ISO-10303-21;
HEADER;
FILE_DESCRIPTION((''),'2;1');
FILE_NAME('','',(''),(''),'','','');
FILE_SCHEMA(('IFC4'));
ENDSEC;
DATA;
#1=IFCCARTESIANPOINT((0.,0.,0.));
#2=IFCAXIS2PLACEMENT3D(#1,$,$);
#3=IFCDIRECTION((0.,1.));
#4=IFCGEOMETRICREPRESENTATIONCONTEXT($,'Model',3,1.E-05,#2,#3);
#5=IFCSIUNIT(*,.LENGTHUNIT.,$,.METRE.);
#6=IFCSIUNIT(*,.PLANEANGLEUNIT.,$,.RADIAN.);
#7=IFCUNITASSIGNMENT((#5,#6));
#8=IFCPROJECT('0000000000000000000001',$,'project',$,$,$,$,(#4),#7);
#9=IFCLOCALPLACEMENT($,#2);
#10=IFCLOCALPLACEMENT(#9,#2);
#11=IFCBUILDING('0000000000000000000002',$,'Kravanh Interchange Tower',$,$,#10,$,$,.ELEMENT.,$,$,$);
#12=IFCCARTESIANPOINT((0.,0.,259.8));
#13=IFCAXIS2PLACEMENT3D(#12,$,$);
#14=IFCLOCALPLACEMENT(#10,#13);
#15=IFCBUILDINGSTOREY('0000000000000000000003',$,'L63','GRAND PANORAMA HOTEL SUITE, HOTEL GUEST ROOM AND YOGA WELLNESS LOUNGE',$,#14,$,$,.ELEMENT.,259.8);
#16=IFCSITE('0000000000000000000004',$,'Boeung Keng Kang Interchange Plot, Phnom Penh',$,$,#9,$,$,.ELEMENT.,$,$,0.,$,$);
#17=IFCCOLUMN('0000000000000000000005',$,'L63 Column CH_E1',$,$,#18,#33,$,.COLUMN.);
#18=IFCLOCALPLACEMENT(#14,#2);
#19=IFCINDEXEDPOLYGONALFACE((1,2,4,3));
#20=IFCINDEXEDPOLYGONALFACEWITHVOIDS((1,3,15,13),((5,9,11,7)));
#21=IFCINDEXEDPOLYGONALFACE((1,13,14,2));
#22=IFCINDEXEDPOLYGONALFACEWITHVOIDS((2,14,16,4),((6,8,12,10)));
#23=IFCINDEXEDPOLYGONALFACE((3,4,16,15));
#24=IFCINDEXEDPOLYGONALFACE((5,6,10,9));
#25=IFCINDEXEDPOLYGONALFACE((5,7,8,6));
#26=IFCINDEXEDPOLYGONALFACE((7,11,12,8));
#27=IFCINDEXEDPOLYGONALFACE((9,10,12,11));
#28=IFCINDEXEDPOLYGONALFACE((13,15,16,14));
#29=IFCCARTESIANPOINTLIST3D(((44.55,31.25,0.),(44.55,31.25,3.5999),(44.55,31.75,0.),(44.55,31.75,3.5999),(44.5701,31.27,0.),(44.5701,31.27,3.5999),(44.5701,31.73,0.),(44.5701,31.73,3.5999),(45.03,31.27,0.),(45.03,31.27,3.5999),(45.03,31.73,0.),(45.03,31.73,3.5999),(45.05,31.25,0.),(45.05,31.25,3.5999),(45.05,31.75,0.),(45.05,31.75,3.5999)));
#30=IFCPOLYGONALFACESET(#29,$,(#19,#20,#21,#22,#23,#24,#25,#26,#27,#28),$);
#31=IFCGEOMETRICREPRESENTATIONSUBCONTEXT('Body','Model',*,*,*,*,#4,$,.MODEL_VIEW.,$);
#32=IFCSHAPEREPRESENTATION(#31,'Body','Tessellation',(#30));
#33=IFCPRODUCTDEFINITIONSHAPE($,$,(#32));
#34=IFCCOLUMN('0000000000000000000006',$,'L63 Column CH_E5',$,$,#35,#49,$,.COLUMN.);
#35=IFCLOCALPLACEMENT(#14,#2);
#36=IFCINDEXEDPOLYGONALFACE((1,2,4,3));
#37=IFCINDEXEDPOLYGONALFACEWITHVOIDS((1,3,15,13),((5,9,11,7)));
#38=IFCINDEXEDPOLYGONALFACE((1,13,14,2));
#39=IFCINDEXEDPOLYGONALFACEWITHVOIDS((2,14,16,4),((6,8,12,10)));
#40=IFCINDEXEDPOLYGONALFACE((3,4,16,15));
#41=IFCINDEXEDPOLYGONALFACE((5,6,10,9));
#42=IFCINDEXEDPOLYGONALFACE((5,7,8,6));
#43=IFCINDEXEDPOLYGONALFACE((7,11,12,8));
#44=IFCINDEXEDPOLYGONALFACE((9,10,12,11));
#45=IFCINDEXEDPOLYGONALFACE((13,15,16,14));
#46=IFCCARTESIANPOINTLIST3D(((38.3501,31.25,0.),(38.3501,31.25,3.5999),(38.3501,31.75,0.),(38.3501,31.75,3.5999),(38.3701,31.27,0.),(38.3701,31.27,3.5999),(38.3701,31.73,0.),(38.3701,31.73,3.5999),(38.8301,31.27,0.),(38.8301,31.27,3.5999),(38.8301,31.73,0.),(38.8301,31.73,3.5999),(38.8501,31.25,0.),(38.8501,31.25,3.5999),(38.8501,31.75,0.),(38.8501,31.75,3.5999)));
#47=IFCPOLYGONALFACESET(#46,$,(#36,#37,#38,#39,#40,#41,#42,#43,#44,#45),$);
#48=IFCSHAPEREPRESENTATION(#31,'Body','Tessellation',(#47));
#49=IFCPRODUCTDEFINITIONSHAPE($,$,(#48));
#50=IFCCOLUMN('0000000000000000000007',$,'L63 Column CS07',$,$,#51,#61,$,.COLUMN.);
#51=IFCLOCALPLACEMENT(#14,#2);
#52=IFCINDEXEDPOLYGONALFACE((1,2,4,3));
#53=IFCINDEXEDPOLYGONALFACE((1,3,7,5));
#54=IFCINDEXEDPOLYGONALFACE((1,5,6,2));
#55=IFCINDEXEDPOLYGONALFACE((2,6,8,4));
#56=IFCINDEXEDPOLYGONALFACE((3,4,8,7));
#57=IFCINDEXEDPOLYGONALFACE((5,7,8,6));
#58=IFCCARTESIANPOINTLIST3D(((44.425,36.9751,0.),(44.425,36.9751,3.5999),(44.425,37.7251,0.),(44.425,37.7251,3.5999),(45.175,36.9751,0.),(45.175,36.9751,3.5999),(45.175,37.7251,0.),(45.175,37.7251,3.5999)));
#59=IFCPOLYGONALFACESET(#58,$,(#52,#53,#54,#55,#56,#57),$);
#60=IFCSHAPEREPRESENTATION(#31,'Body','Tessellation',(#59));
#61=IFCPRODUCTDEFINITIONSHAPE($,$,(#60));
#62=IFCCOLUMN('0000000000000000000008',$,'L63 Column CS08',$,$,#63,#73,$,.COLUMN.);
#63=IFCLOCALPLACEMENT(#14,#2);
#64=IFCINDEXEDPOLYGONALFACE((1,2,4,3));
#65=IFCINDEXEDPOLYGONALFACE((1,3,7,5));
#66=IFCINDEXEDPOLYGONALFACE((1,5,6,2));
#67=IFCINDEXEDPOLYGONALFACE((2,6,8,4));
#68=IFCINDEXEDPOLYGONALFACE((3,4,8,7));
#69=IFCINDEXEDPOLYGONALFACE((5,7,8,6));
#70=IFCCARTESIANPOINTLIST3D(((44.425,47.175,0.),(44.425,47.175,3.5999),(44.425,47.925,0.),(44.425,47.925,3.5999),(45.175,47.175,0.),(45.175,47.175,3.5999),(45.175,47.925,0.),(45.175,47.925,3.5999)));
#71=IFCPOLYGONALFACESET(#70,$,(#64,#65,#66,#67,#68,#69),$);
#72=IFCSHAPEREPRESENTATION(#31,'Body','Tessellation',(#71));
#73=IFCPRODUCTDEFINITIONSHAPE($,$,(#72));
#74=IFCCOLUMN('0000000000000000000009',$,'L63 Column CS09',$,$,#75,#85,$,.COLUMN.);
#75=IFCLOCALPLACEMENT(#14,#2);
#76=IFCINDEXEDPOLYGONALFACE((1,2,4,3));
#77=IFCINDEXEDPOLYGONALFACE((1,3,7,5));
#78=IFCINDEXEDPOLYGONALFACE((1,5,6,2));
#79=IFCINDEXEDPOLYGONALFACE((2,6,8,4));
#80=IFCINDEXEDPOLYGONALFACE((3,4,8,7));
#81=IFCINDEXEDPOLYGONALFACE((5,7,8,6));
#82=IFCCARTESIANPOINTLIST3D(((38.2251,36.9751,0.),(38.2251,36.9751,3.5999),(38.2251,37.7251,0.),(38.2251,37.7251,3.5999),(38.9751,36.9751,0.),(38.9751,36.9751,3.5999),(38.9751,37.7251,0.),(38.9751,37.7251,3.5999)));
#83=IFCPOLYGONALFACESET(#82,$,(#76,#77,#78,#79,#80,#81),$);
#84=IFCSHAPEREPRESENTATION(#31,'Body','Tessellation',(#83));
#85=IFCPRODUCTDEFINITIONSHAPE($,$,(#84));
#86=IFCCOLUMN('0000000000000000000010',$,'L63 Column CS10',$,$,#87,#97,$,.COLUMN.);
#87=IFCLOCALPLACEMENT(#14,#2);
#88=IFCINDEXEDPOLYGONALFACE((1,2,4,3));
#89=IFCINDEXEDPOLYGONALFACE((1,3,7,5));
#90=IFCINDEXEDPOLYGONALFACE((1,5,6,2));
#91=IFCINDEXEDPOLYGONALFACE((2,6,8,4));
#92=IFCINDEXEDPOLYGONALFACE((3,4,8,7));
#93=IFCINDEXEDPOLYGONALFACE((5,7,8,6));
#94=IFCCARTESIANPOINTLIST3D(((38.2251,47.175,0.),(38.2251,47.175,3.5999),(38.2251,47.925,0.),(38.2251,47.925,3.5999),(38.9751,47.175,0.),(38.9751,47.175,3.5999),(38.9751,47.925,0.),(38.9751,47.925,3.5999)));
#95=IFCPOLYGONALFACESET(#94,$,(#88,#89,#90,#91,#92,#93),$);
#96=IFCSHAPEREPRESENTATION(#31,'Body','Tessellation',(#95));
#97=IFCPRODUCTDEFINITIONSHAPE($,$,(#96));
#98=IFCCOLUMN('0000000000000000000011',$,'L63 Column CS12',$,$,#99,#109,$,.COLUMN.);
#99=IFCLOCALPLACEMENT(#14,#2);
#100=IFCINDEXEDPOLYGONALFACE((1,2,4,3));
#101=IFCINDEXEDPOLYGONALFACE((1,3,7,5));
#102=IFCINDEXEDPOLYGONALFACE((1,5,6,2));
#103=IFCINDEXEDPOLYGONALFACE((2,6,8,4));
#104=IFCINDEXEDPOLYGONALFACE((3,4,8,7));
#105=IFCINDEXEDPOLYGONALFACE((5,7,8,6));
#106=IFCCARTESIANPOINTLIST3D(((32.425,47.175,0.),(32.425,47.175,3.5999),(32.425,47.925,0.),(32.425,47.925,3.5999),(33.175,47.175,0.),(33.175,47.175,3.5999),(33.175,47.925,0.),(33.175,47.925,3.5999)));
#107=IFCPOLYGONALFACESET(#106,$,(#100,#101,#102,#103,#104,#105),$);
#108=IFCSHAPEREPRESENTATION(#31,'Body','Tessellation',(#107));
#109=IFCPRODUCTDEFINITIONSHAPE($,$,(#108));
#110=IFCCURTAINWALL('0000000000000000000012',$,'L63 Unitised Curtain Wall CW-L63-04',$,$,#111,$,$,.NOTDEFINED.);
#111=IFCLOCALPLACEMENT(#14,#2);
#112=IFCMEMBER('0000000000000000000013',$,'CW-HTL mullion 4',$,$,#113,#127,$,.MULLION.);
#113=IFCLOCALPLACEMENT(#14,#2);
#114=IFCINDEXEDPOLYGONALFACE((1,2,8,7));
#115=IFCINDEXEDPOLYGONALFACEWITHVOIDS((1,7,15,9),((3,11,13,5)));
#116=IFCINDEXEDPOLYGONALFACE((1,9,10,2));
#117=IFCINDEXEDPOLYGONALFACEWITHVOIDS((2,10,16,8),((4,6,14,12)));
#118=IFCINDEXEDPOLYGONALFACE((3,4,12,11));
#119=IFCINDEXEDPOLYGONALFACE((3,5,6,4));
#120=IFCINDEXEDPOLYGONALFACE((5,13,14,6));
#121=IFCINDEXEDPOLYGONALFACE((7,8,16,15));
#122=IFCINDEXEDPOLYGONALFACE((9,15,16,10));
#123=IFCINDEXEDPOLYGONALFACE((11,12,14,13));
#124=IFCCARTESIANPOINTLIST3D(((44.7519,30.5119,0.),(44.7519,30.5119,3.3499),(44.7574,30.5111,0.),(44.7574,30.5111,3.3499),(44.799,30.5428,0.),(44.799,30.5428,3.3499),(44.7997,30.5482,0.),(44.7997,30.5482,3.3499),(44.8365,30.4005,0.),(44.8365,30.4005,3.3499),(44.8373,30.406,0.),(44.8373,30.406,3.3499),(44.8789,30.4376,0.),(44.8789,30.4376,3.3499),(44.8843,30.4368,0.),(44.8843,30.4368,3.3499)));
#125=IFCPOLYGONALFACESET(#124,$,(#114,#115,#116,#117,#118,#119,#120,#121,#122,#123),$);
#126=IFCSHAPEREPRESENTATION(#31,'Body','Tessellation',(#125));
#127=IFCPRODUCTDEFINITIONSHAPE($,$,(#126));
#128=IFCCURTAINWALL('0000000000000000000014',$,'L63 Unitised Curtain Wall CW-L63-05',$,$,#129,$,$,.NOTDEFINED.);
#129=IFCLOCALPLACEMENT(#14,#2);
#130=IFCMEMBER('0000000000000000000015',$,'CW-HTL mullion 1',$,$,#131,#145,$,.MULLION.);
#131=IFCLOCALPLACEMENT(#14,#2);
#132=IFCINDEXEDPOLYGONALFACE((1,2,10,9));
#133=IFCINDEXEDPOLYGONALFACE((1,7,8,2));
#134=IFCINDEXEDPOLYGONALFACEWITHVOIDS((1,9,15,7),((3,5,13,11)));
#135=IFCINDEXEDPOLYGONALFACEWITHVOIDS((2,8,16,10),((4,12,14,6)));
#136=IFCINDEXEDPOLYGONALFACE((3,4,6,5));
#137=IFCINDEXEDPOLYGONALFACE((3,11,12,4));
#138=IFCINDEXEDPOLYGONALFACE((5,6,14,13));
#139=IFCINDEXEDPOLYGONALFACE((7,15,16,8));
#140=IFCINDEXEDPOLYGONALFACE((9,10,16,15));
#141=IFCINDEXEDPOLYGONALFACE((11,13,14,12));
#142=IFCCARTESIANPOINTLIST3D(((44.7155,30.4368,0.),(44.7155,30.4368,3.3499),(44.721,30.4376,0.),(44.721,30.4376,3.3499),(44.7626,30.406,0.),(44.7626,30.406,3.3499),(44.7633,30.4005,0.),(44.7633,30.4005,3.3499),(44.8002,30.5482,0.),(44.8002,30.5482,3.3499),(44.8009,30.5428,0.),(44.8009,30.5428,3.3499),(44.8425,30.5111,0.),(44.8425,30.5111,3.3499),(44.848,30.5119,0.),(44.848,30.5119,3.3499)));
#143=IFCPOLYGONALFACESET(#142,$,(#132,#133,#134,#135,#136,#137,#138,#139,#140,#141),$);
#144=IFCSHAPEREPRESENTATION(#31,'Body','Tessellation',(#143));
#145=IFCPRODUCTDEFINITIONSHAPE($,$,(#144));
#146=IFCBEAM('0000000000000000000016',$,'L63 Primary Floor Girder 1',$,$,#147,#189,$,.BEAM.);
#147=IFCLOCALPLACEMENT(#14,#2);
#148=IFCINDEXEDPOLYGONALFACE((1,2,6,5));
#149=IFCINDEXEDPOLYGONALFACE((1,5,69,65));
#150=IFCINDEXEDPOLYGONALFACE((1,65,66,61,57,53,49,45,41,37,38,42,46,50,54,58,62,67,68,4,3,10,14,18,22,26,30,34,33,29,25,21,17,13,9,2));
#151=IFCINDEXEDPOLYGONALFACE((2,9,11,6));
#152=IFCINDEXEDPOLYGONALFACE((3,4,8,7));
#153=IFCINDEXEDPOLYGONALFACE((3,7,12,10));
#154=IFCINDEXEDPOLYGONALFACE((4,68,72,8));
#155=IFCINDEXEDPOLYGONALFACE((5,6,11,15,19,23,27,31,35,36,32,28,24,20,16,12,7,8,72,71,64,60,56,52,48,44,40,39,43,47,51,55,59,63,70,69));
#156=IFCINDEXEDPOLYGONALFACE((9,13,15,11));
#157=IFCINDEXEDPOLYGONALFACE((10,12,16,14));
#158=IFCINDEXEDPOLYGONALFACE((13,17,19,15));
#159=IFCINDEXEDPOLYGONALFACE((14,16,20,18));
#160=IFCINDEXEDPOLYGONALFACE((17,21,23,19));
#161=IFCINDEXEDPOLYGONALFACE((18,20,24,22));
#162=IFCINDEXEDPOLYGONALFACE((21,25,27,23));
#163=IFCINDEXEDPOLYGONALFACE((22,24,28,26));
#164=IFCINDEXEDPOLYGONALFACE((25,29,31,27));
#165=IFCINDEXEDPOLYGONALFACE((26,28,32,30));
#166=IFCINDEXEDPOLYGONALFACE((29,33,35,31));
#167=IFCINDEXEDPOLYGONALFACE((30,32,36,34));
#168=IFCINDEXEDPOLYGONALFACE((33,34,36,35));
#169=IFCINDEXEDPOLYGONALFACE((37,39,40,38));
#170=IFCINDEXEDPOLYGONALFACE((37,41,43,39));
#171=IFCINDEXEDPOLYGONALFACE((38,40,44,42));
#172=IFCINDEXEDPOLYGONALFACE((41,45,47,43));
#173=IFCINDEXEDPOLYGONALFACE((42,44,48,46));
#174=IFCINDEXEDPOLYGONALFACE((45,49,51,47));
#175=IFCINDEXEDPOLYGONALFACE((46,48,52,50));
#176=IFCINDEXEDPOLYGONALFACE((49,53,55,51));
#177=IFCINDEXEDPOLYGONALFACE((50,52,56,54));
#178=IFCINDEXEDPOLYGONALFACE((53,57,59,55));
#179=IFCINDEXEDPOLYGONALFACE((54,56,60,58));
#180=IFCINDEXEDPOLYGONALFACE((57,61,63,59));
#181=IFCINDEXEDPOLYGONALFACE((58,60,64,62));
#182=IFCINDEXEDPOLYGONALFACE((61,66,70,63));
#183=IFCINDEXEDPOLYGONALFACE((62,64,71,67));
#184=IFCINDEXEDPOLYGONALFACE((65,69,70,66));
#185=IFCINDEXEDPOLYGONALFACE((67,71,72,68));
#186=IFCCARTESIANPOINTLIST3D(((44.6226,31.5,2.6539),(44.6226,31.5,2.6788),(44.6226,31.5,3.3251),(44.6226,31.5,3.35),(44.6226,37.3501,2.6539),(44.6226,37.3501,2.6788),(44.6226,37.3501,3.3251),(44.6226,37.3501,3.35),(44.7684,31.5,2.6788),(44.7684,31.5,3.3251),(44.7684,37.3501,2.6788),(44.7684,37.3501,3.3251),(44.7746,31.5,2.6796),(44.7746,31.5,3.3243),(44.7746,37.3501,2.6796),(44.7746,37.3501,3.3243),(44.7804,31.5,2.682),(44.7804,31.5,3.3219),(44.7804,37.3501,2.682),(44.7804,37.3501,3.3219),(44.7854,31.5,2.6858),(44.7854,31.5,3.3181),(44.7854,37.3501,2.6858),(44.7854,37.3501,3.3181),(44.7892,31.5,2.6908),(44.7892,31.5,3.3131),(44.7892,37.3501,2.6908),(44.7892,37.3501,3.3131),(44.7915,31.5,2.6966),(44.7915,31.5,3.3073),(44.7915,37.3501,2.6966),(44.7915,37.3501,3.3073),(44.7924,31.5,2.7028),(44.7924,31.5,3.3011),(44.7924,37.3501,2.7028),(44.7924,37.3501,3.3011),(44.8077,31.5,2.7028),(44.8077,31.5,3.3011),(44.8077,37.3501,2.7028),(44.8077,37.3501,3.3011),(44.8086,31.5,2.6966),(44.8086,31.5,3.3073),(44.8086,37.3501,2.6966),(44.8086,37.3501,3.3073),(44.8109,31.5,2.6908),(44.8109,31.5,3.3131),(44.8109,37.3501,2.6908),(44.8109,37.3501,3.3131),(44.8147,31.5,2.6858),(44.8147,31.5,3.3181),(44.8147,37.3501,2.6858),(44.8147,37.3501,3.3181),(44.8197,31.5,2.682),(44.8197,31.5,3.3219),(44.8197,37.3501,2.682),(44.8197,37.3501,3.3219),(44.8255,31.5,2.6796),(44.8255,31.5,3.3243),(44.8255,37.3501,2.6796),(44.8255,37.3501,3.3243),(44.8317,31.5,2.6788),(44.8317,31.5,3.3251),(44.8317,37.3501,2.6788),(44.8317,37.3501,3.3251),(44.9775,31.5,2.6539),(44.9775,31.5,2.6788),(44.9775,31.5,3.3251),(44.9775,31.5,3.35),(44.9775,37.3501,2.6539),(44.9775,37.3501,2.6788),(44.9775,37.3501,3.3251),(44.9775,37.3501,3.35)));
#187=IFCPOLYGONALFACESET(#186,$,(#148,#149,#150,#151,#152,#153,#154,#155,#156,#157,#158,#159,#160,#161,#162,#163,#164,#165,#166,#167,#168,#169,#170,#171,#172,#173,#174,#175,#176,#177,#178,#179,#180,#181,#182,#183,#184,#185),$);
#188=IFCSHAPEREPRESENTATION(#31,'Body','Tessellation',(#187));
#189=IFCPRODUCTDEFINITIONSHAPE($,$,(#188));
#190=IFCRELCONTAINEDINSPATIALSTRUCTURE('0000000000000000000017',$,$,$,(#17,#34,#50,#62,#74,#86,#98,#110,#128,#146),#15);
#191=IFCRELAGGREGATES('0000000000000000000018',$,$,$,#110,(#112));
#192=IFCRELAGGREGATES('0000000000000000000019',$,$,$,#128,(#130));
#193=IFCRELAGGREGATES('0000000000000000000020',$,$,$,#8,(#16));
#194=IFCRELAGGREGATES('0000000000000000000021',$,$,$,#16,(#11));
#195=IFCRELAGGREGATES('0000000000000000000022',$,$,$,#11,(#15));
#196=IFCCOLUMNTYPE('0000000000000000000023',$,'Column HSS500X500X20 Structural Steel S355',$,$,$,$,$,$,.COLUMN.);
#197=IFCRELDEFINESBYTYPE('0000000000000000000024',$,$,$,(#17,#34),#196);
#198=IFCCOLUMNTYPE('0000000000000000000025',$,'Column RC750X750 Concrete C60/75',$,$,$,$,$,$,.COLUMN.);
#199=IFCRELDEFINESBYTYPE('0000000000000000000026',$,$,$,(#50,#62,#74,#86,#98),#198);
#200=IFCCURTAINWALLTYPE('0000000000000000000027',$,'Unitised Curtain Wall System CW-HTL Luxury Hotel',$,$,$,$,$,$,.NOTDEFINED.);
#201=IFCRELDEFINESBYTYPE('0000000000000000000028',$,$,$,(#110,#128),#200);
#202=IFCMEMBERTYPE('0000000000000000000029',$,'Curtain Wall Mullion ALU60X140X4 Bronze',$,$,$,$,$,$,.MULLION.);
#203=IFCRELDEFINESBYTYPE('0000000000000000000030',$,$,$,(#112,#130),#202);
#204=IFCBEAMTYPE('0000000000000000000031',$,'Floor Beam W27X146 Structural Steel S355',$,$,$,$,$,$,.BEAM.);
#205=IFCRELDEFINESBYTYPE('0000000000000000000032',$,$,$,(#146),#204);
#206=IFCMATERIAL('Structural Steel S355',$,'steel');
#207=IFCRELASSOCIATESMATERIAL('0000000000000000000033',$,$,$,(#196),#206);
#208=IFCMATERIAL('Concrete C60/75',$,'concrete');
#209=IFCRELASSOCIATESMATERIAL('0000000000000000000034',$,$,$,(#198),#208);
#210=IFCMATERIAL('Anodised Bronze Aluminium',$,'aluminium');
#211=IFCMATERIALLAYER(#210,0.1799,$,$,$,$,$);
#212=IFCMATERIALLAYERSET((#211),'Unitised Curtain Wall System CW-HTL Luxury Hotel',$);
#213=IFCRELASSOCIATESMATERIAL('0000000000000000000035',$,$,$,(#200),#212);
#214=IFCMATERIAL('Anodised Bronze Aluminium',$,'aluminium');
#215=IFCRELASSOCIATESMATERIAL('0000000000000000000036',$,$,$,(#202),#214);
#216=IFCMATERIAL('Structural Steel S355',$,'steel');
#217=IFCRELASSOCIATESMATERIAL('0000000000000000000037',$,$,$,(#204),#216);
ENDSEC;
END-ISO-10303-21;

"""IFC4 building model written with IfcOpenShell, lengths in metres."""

from ifc_helpers import new_model, si_unit, direction, frame, origin, origin_2d, place, context, subcontext, project, spatial, rectangle, hollow_rectangle, i_section, extrude, material, layer, layer_set, material_profile, profile_set, type_object, element, aggregate, save


model = new_model("IFC4")

# Units and contexts
model_context = context("Model", 3, precision=1e-05, world=origin(), true_north=direction((0.0, 1.0)))
body_context = subcontext(model_context, "Body", "Model", "MODEL_VIEW")
ifc_project = project(units=[si_unit("LENGTHUNIT", "METRE"), si_unit("PLANEANGLEUNIT", "RADIAN")], contexts=[model_context])

# Site, building, storey
site_placement = place(None, origin())
site = spatial("IfcSite", under=ifc_project, at=site_placement, Name="Boeung Keng Kang Interchange Plot, Phnom Penh", CompositionType="ELEMENT", RefElevation=0.0)
building_placement = place(site_placement, origin())
building = spatial("IfcBuilding", under=site, at=building_placement, Name="Kravanh Interchange Tower", CompositionType="ELEMENT")
storey_placement = place(building_placement, frame((0.0, 0.0, 259.8)))
storey = spatial("IfcBuildingStorey", under=building, at=storey_placement, Name="L63", Description="GRAND PANORAMA HOTEL SUITE, HOTEL GUEST ROOM AND YOGA WELLNESS LOUNGE", CompositionType="ELEMENT", Elevation=259.8)

# Columns
ifc_material_1 = material(Name="Structural Steel S355", Category="steel")
ifc_material_profile_1 = material_profile(ifc_material_1, hollow_rectangle(XDim=0.5, YDim=0.5, WallThickness=0.02, at=origin_2d()), Name="HSS500X500X20")
ifc_profile_set_1 = profile_set([ifc_material_profile_1], Name="Structural Steel S355")
column_type_1 = type_object("IfcColumnType", Name="Column HSS500X500X20 Structural Steel S355", PredefinedType="COLUMN", material=ifc_profile_set_1)
for number, where, z_axis, x_axis, name in (
    (1, (44.8, 31.5, 0.0), (0.0, 0.0, 1.0), (1.0, 0.0, 0.0), "L63 Column CH_E1"),
    (2, (38.6001, 31.5, 0.0), (0.0, 0.0, 1.0), (1.0, 0.0, 0.0), "L63 Column CH_E5"),
):
    element("IfcColumn", number, at=place(storey_placement, frame(where, z_axis=z_axis, x_axis=x_axis)), inside=storey, type_object=column_type_1, Name=name, PredefinedType="COLUMN", context=body_context, shape_type="SweptSolid", body=[
        extrude(hollow_rectangle(XDim=0.5, YDim=0.5, WallThickness=0.02, at=origin_2d()), origin(), (0.0, 0.0, 1.0), 3.5999),
    ])
ifc_material_2 = material(Name="Concrete C60/75", Category="concrete")
ifc_material_profile_2 = material_profile(ifc_material_2, rectangle(XDim=0.75, YDim=0.75, at=origin_2d()), Name="RC750X750")
ifc_profile_set_2 = profile_set([ifc_material_profile_2], Name="Concrete C60/75")
column_type_2 = type_object("IfcColumnType", Name="Column RC750X750 Concrete C60/75", PredefinedType="COLUMN", material=ifc_profile_set_2)
for number, where, z_axis, x_axis, name in (
    (3, (44.8, 37.3501, 0.0), (0.0, 0.0, 1.0), (1.0, 0.0, 0.0), "L63 Column CS07"),
    (4, (44.8, 47.55, 0.0), (0.0, 0.0, 1.0), (1.0, 0.0, 0.0), "L63 Column CS08"),
    (5, (38.6001, 37.3501, 0.0), (0.0, 0.0, 1.0), (1.0, 0.0, 0.0), "L63 Column CS09"),
    (6, (38.6001, 47.55, 0.0), (0.0, 0.0, 1.0), (1.0, 0.0, 0.0), "L63 Column CS10"),
    (7, (32.8, 47.55, 0.0), (0.0, 0.0, 1.0), (1.0, 0.0, 0.0), "L63 Column CS12"),
):
    element("IfcColumn", number, at=place(storey_placement, frame(where, z_axis=z_axis, x_axis=x_axis)), inside=storey, type_object=column_type_2, Name=name, PredefinedType="COLUMN", context=body_context, shape_type="SweptSolid", body=[
        extrude(rectangle(XDim=0.75, YDim=0.75, at=origin_2d()), origin(), (0.0, 0.0, 1.0), 3.5999),
    ])

# Curtain walls, members
ifc_material_3 = material(Name="Anodised Bronze Aluminium", Category="aluminium")
ifc_layer_1 = layer(ifc_material_3, 0.1799)
ifc_layer_set_1 = layer_set([ifc_layer_1], Name="Unitised Curtain Wall System CW-HTL Luxury Hotel")
curtain_wall_type = type_object("IfcCurtainWallType", Name="Unitised Curtain Wall System CW-HTL Luxury Hotel", PredefinedType="NOTDEFINED", material=ifc_layer_set_1)
curtain_wall_1_placement = place(storey_placement, origin())
curtain_wall_1 = element("IfcCurtainWall", 8, at=curtain_wall_1_placement, inside=storey, type_object=curtain_wall_type, Name="L63 Unitised Curtain Wall CW-L63-04", PredefinedType="NOTDEFINED")
ifc_material_4 = material(Name="Anodised Bronze Aluminium", Category="aluminium")
ifc_material_profile_3 = material_profile(ifc_material_4, hollow_rectangle(XDim=0.0601, YDim=0.1399, WallThickness=0.0039, at=origin_2d()), Name="ALU60X140X4")
ifc_profile_set_3 = profile_set([ifc_material_profile_3], Name="Anodised Bronze Aluminium")
member_type = type_object("IfcMemberType", Name="Curtain Wall Mullion ALU60X140X4 Bronze", PredefinedType="MULLION", material=ifc_profile_set_3)
member_1_placement = place(storey_placement, frame((44.8181, 30.4744, 0.0), z_axis=(0.0, 0.0, 1.0), x_axis=(-0.796162, -0.605083, 0.0)))
member_1 = element("IfcMember", 9, at=member_1_placement, type_object=member_type, Name="CW-HTL mullion 4", PredefinedType="MULLION", context=body_context, shape_type="SweptSolid", body=[
    extrude(hollow_rectangle(XDim=0.0601, YDim=0.1399, WallThickness=0.0039, at=origin_2d()), origin(), (0.0, 0.0, 1.0), 3.3499),
])
aggregate(curtain_wall_1, [member_1])
curtain_wall_2_placement = place(storey_placement, origin())
curtain_wall_2 = element("IfcCurtainWall", 10, at=curtain_wall_2_placement, inside=storey, type_object=curtain_wall_type, Name="L63 Unitised Curtain Wall CW-L63-05", PredefinedType="NOTDEFINED")
member_2_placement = place(storey_placement, frame((44.7817, 30.4744, 0.0), z_axis=(0.0, 0.0, 1.0), x_axis=(0.796162, -0.605083, 0.0)))
member_2 = element("IfcMember", 11, at=member_2_placement, type_object=member_type, Name="CW-HTL mullion 1", PredefinedType="MULLION", context=body_context, shape_type="SweptSolid", body=[
    extrude(hollow_rectangle(XDim=0.0601, YDim=0.1399, WallThickness=0.0039, at=origin_2d()), origin(), (0.0, 0.0, 1.0), 3.3499),
])
aggregate(curtain_wall_2, [member_2])

# Beam
ifc_material_5 = material(Name="Structural Steel S355", Category="steel")
ifc_material_profile_4 = material_profile(ifc_material_5, i_section(OverallWidth=0.355, OverallDepth=0.696, WebThickness=0.0154, FlangeThickness=0.0249, FilletRadius=0.0239, at=origin_2d()), Name="W27X146")
ifc_profile_set_4 = profile_set([ifc_material_profile_4], Name="Structural Steel S355")
beam_type_1 = type_object("IfcBeamType", Name="Floor Beam W27X146 Structural Steel S355", PredefinedType="BEAM", material=ifc_profile_set_4)
beam_1_placement = place(storey_placement, frame((44.8, 31.5, 3.002), z_axis=(0.0, 1.0, 0.0), x_axis=(-1.0, 0.0, 0.0)))
element("IfcBeam", 12, at=beam_1_placement, inside=storey, type_object=beam_type_1, Name="L63 Primary Floor Girder 1", PredefinedType="BEAM", context=body_context, shape_type="SweptSolid", body=[
    extrude(i_section(OverallWidth=0.355, OverallDepth=0.696, WebThickness=0.0154, FlangeThickness=0.0249, FilletRadius=0.0239, at=origin_2d()), origin(), (0.0, 0.0, 1.0), 5.8501),
])

save(model, "model.ifc")
